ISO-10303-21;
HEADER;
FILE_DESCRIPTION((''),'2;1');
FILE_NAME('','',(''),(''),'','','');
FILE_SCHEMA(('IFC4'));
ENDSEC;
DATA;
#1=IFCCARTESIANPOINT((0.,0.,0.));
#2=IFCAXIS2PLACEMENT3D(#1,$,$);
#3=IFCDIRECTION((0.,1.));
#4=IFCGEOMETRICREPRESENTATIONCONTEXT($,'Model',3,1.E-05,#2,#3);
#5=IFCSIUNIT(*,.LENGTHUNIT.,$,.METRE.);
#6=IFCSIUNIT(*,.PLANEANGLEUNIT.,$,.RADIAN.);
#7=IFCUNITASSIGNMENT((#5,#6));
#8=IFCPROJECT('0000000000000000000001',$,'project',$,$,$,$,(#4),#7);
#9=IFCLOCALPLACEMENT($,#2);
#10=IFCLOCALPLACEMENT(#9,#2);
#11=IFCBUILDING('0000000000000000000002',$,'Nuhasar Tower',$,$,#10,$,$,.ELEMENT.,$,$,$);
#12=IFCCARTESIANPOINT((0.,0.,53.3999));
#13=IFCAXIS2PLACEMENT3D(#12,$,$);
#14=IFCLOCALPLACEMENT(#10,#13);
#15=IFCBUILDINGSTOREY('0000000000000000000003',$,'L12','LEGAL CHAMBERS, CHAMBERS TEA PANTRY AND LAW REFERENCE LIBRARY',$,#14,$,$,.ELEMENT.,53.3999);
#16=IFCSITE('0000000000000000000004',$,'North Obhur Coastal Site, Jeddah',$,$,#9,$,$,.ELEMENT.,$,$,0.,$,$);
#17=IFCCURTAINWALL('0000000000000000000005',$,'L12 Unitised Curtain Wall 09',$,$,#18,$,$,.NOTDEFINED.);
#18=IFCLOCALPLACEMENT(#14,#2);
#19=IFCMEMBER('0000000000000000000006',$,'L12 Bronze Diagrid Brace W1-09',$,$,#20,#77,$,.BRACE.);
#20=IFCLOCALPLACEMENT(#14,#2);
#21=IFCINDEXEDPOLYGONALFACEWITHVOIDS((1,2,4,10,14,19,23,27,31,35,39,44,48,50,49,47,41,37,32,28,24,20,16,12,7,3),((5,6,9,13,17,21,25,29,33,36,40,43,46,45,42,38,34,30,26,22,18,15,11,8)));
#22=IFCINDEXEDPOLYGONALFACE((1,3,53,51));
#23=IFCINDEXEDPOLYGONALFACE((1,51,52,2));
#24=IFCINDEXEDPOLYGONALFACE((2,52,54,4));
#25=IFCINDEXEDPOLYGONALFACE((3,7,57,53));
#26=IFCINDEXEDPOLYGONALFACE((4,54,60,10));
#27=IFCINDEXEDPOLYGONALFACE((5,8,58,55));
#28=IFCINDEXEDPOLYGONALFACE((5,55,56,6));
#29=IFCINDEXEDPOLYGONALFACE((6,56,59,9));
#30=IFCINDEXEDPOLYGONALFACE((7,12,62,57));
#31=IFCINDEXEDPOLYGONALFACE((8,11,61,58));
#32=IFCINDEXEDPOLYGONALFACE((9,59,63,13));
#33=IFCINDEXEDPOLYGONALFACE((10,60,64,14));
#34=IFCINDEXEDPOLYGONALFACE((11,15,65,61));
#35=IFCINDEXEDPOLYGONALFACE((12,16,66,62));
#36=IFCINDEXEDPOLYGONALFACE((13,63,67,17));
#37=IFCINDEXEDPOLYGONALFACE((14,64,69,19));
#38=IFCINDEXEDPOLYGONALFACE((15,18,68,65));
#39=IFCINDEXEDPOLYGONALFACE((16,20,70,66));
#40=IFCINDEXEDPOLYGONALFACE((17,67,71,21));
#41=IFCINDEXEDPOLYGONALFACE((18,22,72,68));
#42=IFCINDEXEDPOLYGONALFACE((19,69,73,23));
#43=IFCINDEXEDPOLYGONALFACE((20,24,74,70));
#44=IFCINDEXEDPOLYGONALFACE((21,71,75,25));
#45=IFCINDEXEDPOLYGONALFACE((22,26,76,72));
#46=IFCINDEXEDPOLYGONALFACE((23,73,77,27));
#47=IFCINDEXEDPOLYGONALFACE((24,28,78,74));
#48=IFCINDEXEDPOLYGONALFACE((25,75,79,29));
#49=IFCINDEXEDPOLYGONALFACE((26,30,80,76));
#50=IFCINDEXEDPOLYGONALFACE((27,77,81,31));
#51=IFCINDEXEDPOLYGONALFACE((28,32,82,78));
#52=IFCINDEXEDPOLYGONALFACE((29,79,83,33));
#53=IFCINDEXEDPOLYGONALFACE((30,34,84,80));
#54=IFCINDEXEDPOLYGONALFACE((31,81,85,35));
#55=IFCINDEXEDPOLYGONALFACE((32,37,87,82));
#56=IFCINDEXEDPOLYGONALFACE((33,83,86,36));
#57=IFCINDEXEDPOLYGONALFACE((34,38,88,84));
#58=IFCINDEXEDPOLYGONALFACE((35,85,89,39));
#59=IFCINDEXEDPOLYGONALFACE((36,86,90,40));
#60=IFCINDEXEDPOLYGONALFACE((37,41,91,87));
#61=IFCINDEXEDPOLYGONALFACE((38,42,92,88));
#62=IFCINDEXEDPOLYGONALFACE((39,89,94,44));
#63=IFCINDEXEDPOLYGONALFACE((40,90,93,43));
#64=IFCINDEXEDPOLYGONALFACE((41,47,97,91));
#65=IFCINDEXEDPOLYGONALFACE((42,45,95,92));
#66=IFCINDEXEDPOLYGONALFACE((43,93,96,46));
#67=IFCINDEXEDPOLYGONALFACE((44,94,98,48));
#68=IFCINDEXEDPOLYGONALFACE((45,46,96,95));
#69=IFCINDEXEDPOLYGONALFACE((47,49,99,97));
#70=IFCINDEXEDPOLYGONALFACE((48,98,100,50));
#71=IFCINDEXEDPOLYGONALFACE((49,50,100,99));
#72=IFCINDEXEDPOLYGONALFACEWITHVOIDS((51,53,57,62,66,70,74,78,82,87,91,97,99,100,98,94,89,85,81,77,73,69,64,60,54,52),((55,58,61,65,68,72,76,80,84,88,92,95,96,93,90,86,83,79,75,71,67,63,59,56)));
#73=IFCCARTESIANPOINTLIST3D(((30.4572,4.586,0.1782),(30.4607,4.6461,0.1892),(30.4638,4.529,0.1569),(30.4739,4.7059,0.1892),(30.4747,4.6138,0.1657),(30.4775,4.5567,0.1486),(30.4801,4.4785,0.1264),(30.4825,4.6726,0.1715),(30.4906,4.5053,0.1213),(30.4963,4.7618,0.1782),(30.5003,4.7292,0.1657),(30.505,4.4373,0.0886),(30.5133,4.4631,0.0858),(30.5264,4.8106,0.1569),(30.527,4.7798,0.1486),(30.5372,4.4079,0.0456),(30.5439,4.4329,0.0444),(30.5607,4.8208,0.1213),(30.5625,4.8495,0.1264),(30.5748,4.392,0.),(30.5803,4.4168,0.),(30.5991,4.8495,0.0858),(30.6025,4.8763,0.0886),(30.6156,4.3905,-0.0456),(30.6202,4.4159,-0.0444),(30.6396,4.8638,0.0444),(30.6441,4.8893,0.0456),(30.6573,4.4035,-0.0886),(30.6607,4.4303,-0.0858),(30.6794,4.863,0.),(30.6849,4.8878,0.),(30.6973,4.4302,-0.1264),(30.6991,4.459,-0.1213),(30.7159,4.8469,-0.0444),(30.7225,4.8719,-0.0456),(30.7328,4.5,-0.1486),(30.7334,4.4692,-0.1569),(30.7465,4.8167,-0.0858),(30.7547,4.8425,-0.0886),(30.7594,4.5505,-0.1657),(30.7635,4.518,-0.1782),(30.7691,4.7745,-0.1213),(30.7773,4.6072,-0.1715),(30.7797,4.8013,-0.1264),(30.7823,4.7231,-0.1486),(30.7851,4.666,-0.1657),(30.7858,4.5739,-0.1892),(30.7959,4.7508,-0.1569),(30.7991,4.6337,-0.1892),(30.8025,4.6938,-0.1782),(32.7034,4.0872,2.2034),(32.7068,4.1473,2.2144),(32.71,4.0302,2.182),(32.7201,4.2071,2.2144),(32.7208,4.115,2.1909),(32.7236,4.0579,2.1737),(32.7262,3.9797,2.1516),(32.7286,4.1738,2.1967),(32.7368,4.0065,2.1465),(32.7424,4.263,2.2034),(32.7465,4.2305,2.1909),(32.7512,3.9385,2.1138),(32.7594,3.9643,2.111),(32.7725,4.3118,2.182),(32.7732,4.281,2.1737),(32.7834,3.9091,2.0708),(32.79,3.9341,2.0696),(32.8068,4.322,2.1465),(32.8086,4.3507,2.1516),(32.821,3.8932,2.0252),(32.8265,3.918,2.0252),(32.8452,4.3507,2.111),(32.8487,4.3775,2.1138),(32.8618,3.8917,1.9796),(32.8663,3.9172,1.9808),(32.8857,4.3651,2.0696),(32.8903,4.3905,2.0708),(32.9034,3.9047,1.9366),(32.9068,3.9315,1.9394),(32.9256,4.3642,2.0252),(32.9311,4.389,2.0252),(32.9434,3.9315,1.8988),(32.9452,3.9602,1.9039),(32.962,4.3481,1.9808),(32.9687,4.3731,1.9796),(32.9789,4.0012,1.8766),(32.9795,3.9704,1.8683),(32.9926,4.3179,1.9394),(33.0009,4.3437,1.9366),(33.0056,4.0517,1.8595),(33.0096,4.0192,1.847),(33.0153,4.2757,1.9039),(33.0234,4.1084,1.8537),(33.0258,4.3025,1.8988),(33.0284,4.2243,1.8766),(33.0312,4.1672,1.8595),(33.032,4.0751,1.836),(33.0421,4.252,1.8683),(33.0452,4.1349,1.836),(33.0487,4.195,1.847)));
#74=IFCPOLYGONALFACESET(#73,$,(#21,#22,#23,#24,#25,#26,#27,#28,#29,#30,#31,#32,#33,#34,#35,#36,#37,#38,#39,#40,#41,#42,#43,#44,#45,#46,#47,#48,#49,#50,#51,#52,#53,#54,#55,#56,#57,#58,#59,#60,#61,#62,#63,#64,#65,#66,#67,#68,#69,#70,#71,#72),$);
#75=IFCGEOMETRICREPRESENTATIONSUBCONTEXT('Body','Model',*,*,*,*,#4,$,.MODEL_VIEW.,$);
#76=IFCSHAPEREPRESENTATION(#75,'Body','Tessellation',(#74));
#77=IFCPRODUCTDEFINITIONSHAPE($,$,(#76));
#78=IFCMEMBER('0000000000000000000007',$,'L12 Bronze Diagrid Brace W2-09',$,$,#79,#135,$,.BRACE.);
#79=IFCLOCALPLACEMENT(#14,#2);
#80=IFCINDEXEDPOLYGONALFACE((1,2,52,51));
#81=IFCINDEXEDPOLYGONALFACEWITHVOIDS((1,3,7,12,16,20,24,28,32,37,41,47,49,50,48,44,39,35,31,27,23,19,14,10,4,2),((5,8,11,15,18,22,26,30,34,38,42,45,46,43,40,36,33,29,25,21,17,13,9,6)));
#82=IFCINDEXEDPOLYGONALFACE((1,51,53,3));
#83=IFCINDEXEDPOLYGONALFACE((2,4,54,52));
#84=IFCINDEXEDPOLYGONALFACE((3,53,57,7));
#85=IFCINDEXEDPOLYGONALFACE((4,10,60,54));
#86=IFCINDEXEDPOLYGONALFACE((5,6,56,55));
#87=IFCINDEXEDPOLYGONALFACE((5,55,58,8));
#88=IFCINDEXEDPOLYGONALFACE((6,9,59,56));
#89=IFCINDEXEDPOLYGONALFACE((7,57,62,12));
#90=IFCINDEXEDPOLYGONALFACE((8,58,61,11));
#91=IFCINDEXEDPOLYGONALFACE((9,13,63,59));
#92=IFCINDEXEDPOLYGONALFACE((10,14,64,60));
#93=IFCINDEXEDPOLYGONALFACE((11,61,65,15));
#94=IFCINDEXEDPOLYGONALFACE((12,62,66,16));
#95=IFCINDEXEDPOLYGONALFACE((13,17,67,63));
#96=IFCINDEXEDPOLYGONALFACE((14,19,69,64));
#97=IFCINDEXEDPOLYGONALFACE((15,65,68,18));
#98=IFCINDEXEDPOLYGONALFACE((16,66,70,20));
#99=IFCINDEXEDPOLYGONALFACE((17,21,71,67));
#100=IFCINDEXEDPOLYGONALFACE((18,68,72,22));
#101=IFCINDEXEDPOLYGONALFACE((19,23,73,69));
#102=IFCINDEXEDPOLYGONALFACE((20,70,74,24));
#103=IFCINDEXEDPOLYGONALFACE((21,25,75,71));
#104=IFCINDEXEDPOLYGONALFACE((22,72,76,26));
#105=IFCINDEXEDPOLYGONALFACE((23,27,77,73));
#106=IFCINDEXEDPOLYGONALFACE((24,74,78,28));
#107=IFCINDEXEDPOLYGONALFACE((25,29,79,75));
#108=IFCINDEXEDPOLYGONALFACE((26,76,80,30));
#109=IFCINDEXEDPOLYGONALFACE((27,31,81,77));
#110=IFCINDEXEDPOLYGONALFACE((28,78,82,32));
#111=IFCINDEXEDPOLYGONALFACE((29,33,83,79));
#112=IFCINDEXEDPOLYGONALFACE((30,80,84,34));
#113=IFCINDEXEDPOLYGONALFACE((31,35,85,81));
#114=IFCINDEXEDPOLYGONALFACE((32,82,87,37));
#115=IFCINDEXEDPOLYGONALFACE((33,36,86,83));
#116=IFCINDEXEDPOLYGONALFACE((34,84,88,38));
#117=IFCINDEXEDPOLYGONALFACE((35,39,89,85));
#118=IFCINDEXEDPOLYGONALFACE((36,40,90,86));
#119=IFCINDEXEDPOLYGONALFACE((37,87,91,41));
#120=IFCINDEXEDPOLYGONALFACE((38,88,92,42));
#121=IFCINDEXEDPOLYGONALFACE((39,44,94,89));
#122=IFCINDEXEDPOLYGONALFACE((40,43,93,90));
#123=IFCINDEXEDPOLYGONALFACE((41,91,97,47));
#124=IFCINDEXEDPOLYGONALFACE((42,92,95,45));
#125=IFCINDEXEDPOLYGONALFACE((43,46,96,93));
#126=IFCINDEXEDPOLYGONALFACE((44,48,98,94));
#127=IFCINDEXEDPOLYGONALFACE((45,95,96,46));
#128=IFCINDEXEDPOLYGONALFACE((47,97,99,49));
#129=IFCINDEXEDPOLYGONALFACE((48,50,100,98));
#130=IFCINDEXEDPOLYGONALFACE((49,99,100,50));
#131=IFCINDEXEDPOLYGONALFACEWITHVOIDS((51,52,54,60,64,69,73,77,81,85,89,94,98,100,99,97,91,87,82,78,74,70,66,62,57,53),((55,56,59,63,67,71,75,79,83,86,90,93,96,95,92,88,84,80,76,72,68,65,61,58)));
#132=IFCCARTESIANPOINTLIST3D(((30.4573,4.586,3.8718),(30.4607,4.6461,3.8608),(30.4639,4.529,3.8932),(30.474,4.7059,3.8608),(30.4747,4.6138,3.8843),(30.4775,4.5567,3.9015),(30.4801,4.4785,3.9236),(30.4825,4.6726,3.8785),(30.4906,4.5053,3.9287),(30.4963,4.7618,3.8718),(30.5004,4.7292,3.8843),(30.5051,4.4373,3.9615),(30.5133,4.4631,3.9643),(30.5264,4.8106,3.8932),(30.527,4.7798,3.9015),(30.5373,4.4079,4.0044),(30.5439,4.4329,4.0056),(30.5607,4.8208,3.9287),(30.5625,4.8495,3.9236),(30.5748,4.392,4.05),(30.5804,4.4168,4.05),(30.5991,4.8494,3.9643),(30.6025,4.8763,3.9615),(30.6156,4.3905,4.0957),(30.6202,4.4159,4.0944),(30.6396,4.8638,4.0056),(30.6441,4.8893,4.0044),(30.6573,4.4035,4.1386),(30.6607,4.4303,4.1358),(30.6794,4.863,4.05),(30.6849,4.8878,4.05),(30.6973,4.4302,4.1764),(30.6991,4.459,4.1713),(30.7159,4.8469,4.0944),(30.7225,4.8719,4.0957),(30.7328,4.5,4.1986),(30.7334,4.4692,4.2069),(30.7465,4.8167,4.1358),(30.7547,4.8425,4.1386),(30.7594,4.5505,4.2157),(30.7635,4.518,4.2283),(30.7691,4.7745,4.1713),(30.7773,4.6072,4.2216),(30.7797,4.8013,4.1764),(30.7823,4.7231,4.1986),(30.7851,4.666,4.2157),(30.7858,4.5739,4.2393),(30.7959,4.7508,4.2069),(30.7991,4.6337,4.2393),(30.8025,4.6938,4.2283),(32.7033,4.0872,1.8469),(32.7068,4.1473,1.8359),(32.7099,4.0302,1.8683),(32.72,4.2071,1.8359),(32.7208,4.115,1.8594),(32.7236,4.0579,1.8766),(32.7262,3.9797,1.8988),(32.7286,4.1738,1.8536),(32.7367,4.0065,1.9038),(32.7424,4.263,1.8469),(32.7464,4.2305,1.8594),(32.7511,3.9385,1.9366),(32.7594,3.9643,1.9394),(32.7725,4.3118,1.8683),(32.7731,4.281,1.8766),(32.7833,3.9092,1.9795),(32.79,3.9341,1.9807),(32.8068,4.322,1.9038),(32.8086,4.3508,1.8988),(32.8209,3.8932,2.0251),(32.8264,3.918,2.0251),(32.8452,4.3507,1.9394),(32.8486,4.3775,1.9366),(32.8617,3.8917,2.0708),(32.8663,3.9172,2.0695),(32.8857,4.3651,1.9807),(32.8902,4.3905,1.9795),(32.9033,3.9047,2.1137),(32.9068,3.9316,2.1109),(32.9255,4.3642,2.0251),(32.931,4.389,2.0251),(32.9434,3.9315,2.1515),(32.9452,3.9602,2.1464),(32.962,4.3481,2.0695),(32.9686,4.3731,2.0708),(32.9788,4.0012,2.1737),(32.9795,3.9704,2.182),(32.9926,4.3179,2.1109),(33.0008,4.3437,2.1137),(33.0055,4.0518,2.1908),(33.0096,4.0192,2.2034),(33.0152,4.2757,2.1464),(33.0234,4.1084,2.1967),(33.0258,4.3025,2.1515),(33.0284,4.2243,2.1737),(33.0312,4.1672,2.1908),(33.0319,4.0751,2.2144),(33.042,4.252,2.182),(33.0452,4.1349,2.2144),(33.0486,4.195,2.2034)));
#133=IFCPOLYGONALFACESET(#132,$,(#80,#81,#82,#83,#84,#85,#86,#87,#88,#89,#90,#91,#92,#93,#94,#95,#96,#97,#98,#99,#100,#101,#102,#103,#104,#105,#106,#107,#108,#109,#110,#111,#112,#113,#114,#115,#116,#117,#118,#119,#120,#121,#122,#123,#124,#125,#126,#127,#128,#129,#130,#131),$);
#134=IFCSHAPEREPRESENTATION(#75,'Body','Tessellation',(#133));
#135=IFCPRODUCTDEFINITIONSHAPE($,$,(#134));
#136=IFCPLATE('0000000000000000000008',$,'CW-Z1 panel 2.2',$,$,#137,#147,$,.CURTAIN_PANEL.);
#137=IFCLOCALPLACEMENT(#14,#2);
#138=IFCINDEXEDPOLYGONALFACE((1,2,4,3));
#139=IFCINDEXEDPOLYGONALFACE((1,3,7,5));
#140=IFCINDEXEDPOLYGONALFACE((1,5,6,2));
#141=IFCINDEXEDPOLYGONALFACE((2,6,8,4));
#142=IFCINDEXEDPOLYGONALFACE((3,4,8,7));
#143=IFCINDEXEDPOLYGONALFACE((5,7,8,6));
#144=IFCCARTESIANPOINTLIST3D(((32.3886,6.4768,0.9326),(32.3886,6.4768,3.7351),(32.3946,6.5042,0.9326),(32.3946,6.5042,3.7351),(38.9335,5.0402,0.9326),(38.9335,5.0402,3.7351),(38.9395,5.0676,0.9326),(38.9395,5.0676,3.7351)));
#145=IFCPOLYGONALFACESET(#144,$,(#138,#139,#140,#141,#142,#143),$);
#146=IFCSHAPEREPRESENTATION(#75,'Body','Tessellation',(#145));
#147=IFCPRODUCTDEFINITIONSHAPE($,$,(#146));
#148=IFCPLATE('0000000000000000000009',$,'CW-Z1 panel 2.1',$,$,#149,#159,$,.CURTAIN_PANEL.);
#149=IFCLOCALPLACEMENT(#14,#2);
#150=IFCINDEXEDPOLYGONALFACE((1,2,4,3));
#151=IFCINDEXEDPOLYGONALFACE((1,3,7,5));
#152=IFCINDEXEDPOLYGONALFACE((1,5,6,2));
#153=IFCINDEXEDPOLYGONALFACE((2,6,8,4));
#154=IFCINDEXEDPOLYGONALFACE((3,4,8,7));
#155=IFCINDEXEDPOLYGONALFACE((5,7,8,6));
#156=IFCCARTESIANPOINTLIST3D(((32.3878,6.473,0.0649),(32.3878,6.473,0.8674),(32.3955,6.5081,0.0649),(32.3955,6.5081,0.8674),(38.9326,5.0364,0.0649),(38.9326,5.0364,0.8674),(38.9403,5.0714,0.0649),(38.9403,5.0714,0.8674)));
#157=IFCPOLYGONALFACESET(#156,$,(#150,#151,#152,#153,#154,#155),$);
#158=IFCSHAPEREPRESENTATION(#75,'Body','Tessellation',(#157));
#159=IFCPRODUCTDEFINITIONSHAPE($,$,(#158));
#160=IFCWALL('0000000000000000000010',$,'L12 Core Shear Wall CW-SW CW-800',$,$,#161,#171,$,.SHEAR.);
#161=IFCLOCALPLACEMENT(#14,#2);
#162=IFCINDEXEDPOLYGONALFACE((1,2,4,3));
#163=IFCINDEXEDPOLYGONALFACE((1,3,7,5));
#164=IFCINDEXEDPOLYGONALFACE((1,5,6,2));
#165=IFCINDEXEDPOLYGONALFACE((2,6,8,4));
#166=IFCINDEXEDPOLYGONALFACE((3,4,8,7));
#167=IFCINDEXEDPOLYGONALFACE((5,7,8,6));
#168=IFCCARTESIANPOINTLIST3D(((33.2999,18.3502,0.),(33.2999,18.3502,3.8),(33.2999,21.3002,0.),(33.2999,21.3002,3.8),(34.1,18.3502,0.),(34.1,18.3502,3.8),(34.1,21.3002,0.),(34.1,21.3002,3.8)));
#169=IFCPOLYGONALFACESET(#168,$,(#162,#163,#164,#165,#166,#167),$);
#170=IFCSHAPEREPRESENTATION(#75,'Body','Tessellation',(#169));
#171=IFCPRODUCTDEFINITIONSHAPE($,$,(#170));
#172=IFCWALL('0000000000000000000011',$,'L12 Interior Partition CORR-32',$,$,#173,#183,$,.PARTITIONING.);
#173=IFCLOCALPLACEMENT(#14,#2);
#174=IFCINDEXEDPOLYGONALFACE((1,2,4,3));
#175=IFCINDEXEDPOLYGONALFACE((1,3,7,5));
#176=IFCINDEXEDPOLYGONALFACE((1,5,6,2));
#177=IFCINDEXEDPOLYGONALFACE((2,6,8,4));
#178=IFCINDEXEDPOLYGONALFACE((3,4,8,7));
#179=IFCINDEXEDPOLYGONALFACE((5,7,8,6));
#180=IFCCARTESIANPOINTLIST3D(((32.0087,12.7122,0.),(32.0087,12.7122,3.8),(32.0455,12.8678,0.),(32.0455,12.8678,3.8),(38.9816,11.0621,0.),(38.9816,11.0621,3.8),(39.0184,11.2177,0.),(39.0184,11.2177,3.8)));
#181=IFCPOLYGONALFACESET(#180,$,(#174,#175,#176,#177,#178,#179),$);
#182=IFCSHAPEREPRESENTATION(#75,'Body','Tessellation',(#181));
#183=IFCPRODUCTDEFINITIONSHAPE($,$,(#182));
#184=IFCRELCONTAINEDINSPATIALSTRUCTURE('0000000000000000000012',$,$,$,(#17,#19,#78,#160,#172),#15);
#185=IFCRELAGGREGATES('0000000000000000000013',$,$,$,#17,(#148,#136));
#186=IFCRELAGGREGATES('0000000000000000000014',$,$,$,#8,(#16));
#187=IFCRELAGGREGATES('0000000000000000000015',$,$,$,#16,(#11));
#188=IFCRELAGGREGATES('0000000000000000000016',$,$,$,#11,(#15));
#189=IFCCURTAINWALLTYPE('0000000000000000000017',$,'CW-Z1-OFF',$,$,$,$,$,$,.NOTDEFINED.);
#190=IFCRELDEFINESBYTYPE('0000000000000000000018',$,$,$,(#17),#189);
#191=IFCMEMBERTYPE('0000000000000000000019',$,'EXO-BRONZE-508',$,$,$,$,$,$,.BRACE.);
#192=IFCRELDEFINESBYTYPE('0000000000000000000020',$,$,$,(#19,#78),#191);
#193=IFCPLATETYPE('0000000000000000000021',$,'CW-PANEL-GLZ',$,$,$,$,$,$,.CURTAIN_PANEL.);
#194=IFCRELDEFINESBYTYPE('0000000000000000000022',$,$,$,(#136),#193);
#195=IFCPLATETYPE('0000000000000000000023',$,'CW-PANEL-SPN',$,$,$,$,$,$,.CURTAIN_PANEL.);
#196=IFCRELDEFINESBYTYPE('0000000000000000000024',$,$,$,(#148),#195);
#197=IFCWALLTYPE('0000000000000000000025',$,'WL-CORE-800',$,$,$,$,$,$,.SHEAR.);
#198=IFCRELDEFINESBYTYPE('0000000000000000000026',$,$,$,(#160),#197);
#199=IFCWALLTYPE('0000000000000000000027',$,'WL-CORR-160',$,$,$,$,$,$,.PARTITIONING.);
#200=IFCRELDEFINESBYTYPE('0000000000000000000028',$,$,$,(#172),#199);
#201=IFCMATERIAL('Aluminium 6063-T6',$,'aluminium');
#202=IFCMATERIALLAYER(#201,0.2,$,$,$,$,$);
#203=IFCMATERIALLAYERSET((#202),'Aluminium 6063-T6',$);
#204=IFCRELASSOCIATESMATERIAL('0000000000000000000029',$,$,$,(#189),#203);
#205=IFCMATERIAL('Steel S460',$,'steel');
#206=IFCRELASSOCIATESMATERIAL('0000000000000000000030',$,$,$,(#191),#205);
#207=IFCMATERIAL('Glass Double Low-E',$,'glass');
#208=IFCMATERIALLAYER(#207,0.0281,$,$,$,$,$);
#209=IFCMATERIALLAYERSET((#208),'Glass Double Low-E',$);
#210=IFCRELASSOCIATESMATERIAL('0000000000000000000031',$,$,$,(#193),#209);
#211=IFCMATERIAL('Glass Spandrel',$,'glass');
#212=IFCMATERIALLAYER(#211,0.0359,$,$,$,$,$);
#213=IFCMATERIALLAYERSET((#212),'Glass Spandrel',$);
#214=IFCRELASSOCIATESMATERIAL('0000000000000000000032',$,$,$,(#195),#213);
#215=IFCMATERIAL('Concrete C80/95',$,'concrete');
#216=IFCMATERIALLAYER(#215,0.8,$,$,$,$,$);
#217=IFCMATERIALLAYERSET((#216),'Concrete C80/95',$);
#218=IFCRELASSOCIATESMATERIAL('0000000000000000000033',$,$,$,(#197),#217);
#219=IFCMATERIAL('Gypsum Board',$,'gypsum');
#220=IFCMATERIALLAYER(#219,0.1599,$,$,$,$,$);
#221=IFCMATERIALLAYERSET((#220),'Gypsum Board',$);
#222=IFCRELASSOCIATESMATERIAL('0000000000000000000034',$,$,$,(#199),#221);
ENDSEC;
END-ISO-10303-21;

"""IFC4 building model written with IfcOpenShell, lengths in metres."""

from ifc_helpers import new_model, si_unit, direction, frame, frame_2d, origin, origin_2d, place, context, subcontext, project, spatial, rectangle, hollow_circle, extrude, material, layer, layer_set, material_profile, profile_set, type_object, element, aggregate, save


model = new_model("IFC4")

# Units and contexts
model_context = context("Model", 3, precision=1e-05, world=origin(), true_north=direction((0.0, 1.0)))
body_context = subcontext(model_context, "Body", "Model", "MODEL_VIEW")
ifc_project = project(units=[si_unit("LENGTHUNIT", "METRE"), si_unit("PLANEANGLEUNIT", "RADIAN")], contexts=[model_context])

# Site, building, storey
site_placement = place(None, origin())
site = spatial("IfcSite", under=ifc_project, at=site_placement, Name="North Obhur Coastal Site, Jeddah", CompositionType="ELEMENT", RefElevation=0.0)
building_placement = place(site_placement, origin())
building = spatial("IfcBuilding", under=site, at=building_placement, Name="Nuhasar Tower", CompositionType="ELEMENT")
storey_placement = place(building_placement, frame((0.0, 0.0, 53.3999)))
storey = spatial("IfcBuildingStorey", under=building, at=storey_placement, Name="L12", Description="LEGAL CHAMBERS, CHAMBERS TEA PANTRY AND LAW REFERENCE LIBRARY", CompositionType="ELEMENT", Elevation=53.3999)

# Shared definitions
ifc_material_1 = material(Name="Concrete C80/95", Category="concrete")

# Curtain wall
ifc_material_2 = material(Name="Aluminium 6063-T6", Category="aluminium")
ifc_layer_1 = layer(ifc_material_2, 0.2)
ifc_layer_set_1 = layer_set([ifc_layer_1], Name="Aluminium 6063-T6")
curtain_wall_type = type_object("IfcCurtainWallType", Name="CW-Z1-OFF", PredefinedType="NOTDEFINED", material=ifc_layer_set_1)
curtain_wall_placement = place(storey_placement, origin())
curtain_wall = element("IfcCurtainWall", 1, at=curtain_wall_placement, inside=storey, type_object=curtain_wall_type, Name="L12 Unitised Curtain Wall 09", PredefinedType="NOTDEFINED")

# Members
ifc_material_3 = material(Name="Steel S460", Category="steel")
ifc_material_profile_1 = material_profile(ifc_material_3, hollow_circle(Radius=0.2539, WallThickness=0.0254, at=origin_2d()), Name="HSS508X25.4")
ifc_profile_set_1 = profile_set([ifc_material_profile_1], Name="Steel S460")
member_type_1 = type_object("IfcMemberType", Name="EXO-BRONZE-508", PredefinedType="BRACE", material=ifc_profile_set_1)
member_1_placement = place(storey_placement, frame((30.6299, 4.6399, 0.0), z_axis=(0.732792, -0.162728, 0.660708), x_axis=(0.216784, 0.97622, 0.0)))
element("IfcMember", 2, at=member_1_placement, inside=storey, type_object=member_type_1, Name="L12 Bronze Diagrid Brace W1-09", PredefinedType="BRACE", context=body_context, shape_type="SweptSolid", body=[
    extrude(hollow_circle(Radius=0.2539, WallThickness=0.0254, at=origin_2d()), origin(), (0.0, 0.0, 1.0), 3.0652),
])
member_2_placement = place(storey_placement, frame((32.876, 4.1411, 2.0251), z_axis=(-0.732831, 0.162736, 0.660663), x_axis=(-0.216784, -0.97622, 0.0)))
element("IfcMember", 3, at=member_2_placement, inside=storey, type_object=member_type_1, Name="L12 Bronze Diagrid Brace W2-09", PredefinedType="BRACE", context=body_context, shape_type="SweptSolid", body=[
    extrude(hollow_circle(Radius=0.2539, WallThickness=0.0254, at=origin_2d()), origin(), (0.0, 0.0, 1.0), 3.0649),
])

# Plates
ifc_material_4 = material(Name="Glass Double Low-E", Category="glass")
ifc_layer_2 = layer(ifc_material_4, 0.0281)
ifc_layer_set_2 = layer_set([ifc_layer_2], Name="Glass Double Low-E")
plate_type_1 = type_object("IfcPlateType", Name="CW-PANEL-GLZ", PredefinedType="CURTAIN_PANEL", material=ifc_layer_set_2)
plate_1_placement = place(storey_placement, frame((35.6641, 5.7722, 0.9326), z_axis=(0.0, 0.0, 1.0), x_axis=(0.976746, -0.214399, 0.0)))
plate_1 = element("IfcPlate", 4, at=plate_1_placement, type_object=plate_type_1, Name="CW-Z1 panel 2.2", PredefinedType="CURTAIN_PANEL", context=body_context, shape_type="SweptSolid", body=[
    extrude(rectangle(XDim=6.7007, YDim=0.0281, at=origin_2d()), origin(), (0.0, 0.0, 1.0), 2.8025),
])
ifc_material_5 = material(Name="Glass Spandrel", Category="glass")
ifc_layer_3 = layer(ifc_material_5, 0.0359)
ifc_layer_set_3 = layer_set([ifc_layer_3], Name="Glass Spandrel")
plate_type_2 = type_object("IfcPlateType", Name="CW-PANEL-SPN", PredefinedType="CURTAIN_PANEL", material=ifc_layer_set_3)
plate_2_placement = place(storey_placement, frame((35.6641, 5.7722, 0.0649), z_axis=(0.0, 0.0, 1.0), x_axis=(0.976746, -0.214399, 0.0)))
plate_2 = element("IfcPlate", 5, at=plate_2_placement, type_object=plate_type_2, Name="CW-Z1 panel 2.1", PredefinedType="CURTAIN_PANEL", context=body_context, shape_type="SweptSolid", body=[
    extrude(rectangle(XDim=6.7007, YDim=0.0359, at=origin_2d()), origin(), (0.0, 0.0, 1.0), 0.8025),
])
aggregate(curtain_wall, [plate_2, plate_1])

# Wall
ifc_layer_4 = layer(ifc_material_1, 0.8)
ifc_layer_set_4 = layer_set([ifc_layer_4], Name="Concrete C80/95")
wall_type_1 = type_object("IfcWallType", Name="WL-CORE-800", PredefinedType="SHEAR", material=ifc_layer_set_4)
wall_1_placement = place(storey_placement, frame((33.7, 18.3501, 0.0), z_axis=(0.0, 0.0, 1.0), x_axis=(0.0, 1.0, 0.0)))
element("IfcWall", 6, at=wall_1_placement, inside=storey, type_object=wall_type_1, Name="L12 Core Shear Wall CW-SW CW-800", PredefinedType="SHEAR", context=body_context, shape_type="SweptSolid", body=[
    extrude(rectangle(XDim=2.95, YDim=0.8, at=frame_2d((1.4751, 0.0))), origin(), (0.0, 0.0, 1.0), 3.8),
])

# Shared definitions
ifc_material_6 = material(Name="Gypsum Board", Category="gypsum")
ifc_layer_5 = layer(ifc_material_6, 0.1599)
ifc_layer_set_5 = layer_set([ifc_layer_5], Name="Gypsum Board")
wall_type_2 = type_object("IfcWallType", Name="WL-CORR-160", PredefinedType="PARTITIONING", material=ifc_layer_set_5)

# Wall
wall_2_placement = place(storey_placement, frame((32.0271, 12.79, 0.0), z_axis=(0.0, 0.0, 1.0), x_axis=(0.973122, -0.230291, 0.0)))
element("IfcWall", 7, at=wall_2_placement, inside=storey, type_object=wall_type_2, Name="L12 Interior Partition CORR-32", PredefinedType="PARTITIONING", context=body_context, shape_type="SweptSolid", body=[
    extrude(rectangle(XDim=7.1655, YDim=0.1599, at=frame_2d((3.5828, 0.0))), origin(), (0.0, 0.0, 1.0), 3.8),
])

save(model, "model.ifc")
